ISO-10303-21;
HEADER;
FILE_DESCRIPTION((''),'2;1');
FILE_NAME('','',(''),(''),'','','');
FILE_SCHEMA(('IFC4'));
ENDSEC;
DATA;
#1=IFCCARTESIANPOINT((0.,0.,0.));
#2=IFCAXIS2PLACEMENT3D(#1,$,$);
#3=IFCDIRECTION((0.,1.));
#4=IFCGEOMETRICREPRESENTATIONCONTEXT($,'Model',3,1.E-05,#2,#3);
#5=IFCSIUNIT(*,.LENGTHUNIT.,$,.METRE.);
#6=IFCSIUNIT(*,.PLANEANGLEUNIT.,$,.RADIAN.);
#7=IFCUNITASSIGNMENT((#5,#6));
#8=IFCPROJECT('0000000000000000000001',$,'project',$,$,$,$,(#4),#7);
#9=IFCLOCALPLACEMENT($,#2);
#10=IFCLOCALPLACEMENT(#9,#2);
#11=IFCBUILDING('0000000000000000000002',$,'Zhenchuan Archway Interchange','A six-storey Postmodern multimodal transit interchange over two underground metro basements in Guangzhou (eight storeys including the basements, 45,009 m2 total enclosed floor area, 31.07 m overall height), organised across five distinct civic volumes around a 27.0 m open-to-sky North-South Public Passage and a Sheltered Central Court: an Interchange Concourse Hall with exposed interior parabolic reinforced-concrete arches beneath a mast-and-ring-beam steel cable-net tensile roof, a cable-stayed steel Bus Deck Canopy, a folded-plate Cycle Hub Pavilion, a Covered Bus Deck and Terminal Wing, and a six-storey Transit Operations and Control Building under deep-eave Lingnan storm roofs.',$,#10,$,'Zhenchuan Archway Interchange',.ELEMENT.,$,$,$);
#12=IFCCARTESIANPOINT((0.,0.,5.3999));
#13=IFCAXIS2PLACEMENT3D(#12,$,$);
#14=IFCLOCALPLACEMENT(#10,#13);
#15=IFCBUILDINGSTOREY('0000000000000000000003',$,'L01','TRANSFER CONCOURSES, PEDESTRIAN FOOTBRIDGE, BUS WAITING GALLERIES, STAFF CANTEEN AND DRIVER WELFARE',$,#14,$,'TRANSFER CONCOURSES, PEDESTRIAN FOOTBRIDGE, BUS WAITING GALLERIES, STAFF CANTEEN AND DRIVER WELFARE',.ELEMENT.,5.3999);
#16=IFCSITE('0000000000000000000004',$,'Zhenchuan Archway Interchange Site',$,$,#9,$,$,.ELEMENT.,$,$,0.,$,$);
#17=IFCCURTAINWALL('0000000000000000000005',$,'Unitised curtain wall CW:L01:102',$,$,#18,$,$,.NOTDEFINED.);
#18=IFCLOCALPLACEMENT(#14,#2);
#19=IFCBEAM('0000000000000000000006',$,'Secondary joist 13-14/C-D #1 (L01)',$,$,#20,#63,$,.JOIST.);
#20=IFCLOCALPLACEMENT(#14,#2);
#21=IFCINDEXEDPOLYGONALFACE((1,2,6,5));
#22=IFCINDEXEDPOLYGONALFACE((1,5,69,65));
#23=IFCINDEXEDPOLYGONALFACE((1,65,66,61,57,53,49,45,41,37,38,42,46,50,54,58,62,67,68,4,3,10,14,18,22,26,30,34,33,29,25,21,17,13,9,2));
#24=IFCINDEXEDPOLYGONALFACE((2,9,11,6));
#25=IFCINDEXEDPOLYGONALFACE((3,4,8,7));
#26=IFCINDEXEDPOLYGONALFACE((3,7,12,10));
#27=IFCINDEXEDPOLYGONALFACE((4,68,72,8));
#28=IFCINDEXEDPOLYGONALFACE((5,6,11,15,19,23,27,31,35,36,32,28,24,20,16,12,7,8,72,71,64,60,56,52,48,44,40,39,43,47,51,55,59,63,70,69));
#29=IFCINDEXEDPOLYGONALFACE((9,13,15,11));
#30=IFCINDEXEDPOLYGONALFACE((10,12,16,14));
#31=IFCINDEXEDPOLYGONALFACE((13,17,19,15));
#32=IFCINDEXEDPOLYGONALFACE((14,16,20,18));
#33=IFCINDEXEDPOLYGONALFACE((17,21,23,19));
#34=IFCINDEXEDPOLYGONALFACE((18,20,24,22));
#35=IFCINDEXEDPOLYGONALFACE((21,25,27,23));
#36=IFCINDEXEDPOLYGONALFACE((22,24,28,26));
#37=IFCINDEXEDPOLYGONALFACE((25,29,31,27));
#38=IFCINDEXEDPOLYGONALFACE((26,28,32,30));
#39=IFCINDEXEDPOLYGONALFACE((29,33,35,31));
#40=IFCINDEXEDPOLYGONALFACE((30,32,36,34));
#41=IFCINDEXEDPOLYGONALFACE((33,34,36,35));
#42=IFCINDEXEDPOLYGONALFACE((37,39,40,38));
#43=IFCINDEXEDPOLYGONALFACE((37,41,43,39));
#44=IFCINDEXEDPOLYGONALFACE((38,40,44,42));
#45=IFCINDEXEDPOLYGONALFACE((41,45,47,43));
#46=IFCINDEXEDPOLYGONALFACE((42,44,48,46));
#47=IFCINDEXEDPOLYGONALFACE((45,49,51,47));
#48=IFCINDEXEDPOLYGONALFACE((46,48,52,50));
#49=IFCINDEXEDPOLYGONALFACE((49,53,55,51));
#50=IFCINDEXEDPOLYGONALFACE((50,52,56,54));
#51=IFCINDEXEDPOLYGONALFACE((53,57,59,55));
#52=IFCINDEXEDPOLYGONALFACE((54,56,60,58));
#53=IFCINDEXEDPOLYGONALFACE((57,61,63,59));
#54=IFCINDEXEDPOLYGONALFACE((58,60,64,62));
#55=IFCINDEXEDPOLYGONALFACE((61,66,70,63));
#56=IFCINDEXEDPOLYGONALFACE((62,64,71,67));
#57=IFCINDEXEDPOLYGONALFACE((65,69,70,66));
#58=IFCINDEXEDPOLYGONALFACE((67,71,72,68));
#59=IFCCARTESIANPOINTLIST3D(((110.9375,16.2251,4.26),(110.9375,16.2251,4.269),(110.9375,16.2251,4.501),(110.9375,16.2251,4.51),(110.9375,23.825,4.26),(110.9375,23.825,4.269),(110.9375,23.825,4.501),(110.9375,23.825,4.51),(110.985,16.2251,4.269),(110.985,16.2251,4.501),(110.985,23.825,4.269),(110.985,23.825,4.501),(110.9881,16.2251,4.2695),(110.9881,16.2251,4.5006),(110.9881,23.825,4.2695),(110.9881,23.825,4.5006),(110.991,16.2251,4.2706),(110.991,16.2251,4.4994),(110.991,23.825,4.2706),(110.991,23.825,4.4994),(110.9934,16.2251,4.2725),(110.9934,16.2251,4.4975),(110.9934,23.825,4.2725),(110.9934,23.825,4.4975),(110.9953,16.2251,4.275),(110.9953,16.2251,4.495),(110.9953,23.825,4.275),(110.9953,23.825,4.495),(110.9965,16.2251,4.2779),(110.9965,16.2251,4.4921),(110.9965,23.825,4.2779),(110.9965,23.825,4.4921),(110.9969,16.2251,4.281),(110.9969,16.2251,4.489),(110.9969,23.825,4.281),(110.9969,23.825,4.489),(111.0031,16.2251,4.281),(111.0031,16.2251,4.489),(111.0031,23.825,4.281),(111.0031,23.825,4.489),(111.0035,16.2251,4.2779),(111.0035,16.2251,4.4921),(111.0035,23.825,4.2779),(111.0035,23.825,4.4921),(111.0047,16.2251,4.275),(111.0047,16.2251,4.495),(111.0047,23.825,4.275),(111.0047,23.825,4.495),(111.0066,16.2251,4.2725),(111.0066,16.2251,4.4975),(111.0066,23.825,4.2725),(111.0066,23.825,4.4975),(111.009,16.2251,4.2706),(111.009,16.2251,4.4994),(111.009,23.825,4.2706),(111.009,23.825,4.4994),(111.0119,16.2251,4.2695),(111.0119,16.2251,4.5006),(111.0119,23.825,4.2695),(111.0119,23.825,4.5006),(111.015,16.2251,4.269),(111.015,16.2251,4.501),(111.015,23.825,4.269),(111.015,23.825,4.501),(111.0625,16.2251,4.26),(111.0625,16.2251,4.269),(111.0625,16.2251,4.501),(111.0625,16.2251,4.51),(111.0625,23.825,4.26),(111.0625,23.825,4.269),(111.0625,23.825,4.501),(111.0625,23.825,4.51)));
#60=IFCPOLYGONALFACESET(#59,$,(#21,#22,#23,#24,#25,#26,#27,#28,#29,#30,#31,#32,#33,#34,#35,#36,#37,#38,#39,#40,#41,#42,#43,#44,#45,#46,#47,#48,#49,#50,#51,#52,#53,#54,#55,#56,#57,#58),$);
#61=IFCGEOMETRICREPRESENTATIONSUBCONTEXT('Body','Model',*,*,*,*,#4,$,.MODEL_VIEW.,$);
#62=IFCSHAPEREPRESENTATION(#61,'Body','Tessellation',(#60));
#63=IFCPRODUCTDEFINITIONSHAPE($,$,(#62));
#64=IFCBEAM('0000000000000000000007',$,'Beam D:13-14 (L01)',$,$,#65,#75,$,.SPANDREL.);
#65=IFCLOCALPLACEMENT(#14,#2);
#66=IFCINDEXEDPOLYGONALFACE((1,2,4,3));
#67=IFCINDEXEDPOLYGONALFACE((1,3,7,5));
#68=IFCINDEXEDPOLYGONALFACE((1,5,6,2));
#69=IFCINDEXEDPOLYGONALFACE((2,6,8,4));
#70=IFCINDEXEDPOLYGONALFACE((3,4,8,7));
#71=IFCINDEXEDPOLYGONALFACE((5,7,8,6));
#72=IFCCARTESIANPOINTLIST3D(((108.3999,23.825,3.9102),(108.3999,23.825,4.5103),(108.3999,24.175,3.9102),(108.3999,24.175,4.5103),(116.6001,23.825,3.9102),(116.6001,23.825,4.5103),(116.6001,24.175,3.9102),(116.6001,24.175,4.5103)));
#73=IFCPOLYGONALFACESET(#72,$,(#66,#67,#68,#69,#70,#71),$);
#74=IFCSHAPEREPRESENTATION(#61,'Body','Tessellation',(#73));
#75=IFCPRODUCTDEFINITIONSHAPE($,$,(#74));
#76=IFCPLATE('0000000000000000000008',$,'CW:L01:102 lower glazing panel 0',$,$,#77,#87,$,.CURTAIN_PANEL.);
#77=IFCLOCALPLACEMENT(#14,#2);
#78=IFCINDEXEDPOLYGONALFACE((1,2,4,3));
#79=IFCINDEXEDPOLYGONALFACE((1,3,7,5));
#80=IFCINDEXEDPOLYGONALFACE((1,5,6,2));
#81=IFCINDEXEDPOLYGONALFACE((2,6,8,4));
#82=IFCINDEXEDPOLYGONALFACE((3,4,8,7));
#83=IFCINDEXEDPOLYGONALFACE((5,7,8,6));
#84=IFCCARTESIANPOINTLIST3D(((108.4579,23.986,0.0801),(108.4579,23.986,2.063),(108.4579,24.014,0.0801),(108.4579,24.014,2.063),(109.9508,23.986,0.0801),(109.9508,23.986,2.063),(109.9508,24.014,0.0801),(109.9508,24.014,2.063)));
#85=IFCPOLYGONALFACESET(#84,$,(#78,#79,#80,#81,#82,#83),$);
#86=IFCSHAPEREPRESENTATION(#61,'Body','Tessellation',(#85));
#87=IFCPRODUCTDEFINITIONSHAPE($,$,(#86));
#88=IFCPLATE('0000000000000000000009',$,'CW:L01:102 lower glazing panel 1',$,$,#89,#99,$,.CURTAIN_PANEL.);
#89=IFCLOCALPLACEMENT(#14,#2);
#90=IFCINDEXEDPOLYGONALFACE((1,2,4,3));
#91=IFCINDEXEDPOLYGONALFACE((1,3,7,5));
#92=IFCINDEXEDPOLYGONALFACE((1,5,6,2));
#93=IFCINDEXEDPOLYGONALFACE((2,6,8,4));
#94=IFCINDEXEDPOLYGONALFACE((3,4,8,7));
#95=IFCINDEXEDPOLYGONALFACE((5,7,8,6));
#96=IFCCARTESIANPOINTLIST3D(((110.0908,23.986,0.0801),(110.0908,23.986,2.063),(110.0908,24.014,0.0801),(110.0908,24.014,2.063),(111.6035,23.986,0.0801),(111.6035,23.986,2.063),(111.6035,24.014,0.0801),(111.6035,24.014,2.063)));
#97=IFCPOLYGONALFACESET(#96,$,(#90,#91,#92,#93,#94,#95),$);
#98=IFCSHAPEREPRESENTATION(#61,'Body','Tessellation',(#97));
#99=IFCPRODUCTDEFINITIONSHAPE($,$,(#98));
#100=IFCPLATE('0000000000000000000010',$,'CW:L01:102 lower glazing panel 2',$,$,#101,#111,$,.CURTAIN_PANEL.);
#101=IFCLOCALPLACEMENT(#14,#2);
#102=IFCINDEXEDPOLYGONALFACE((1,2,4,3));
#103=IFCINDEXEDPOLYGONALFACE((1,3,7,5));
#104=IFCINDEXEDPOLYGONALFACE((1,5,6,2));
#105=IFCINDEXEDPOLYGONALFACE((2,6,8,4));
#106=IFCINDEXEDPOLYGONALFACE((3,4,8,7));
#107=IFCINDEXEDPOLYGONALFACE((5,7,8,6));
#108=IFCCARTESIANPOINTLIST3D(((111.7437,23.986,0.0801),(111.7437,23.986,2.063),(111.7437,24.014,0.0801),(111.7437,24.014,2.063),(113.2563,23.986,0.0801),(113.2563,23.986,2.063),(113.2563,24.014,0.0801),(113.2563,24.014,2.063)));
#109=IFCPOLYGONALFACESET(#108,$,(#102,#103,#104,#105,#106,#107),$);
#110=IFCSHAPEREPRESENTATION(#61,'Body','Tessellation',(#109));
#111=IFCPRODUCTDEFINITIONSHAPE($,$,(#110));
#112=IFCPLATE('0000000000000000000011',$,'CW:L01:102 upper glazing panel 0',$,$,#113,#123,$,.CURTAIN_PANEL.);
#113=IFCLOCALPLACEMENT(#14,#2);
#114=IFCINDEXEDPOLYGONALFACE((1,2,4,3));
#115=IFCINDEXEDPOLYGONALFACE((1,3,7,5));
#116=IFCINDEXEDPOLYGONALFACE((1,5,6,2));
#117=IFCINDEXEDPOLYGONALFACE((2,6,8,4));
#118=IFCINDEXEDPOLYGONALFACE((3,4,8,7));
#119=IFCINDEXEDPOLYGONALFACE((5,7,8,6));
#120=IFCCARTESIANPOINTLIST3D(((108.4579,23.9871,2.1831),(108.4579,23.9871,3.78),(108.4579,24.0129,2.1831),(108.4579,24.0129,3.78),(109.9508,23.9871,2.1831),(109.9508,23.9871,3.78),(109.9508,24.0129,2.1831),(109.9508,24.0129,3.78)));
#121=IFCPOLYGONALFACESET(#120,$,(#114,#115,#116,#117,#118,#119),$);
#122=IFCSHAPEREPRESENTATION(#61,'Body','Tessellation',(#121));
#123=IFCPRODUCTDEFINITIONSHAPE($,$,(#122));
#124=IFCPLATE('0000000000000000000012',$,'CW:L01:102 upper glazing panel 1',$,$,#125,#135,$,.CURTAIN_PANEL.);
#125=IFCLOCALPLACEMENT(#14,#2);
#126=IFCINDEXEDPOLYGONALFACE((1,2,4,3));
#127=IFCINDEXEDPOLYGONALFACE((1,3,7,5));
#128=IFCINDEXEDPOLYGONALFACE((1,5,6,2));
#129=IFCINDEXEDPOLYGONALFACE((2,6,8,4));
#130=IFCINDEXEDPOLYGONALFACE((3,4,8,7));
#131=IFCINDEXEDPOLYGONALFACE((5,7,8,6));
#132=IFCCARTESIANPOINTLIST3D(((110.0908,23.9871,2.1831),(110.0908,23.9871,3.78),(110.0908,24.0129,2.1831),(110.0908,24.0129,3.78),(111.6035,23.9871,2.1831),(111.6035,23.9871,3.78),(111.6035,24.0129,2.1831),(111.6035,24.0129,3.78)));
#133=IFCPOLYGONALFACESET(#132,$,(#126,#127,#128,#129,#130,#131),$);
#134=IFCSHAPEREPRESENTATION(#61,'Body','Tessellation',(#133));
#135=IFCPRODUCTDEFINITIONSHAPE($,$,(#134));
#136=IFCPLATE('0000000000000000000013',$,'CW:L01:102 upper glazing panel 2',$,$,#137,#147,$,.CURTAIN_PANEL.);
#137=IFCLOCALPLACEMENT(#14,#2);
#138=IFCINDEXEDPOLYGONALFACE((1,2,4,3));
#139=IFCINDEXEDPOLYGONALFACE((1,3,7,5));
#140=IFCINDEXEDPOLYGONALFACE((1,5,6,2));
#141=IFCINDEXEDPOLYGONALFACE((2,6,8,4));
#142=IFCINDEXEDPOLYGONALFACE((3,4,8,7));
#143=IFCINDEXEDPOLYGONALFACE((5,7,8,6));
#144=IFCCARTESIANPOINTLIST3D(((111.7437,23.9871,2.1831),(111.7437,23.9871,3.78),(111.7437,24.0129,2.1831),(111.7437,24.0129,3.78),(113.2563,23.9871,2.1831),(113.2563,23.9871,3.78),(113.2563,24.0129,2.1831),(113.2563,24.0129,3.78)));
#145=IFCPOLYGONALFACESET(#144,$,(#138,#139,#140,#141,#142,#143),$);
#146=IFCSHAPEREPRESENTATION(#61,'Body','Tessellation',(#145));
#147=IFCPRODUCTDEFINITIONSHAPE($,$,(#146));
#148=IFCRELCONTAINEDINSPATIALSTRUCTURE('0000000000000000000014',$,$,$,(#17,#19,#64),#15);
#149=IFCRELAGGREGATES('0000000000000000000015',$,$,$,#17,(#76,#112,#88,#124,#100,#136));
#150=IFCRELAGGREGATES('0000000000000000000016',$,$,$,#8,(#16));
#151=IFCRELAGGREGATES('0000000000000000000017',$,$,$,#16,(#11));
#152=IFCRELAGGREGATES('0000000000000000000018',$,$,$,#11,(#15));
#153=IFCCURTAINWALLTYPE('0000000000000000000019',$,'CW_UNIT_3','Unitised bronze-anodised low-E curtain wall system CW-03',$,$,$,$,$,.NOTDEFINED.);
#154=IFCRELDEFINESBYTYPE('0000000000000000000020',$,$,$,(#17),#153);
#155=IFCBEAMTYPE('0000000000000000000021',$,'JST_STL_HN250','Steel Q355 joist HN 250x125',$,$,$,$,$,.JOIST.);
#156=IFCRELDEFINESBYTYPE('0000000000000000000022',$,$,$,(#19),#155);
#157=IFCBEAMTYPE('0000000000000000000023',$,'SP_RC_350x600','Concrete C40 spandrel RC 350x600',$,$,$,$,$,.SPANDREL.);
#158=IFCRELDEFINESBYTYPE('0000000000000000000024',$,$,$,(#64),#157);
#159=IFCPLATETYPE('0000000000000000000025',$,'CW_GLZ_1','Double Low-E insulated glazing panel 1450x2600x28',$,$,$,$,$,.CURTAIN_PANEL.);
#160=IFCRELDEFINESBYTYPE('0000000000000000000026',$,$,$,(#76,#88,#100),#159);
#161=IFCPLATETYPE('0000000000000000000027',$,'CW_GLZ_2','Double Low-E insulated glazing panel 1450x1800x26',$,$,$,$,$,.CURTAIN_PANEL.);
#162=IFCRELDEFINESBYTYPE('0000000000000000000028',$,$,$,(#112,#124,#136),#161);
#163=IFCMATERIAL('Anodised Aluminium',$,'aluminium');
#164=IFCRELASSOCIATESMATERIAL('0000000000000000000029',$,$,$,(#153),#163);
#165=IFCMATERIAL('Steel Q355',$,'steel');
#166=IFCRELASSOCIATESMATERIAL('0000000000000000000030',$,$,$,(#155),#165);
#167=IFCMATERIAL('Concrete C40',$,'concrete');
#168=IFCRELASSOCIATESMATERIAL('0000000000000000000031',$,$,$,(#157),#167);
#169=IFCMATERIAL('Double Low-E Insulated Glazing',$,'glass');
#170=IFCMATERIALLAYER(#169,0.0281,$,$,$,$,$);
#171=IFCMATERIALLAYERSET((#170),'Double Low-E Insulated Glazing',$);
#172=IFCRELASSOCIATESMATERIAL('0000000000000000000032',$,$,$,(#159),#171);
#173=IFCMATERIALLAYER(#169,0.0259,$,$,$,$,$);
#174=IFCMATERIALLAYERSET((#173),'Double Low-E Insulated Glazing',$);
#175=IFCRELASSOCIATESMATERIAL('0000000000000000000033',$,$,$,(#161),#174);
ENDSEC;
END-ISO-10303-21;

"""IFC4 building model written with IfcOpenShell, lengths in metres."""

from ifc_helpers import new_model, si_unit, direction, frame, origin, origin_2d, place, context, subcontext, project, spatial, rectangle, i_section, extrude, material, layer, layer_set, material_profile, profile_set, type_object, element, aggregate, save


model = new_model("IFC4")

# Units and contexts
model_context = context("Model", 3, precision=1e-05, world=origin(), true_north=direction((0.0, 1.0)))
body_context = subcontext(model_context, "Body", "Model", "MODEL_VIEW")
ifc_project = project(units=[si_unit("LENGTHUNIT", "METRE"), si_unit("PLANEANGLEUNIT", "RADIAN")], contexts=[model_context])

# Site, building, storey
site_placement = place(None, origin())
site = spatial("IfcSite", under=ifc_project, at=site_placement, Name="Zhenchuan Archway Interchange Site", CompositionType="ELEMENT", RefElevation=0.0)
building_placement = place(site_placement, origin())
building = spatial("IfcBuilding", under=site, at=building_placement, Name="Zhenchuan Archway Interchange", Description="A six-storey Postmodern multimodal transit interchange over two underground metro basements in Guangzhou (eight storeys including the basements, 45,009 m2 total enclosed floor area, 31.07 m overall height), organised across five distinct civic volumes around a 27.0 m open-to-sky North-South Public Passage and a Sheltered Central Court: an Interchange Concourse Hall with exposed interior parabolic reinforced-concrete arches beneath a mast-and-ring-beam steel cable-net tensile roof, a cable-stayed steel Bus Deck Canopy, a folded-plate Cycle Hub Pavilion, a Covered Bus Deck and Terminal Wing, and a six-storey Transit Operations and Control Building under deep-eave Lingnan storm roofs.", LongName="Zhenchuan Archway Interchange", CompositionType="ELEMENT")
storey_placement = place(building_placement, frame((0.0, 0.0, 5.3999)))
storey = spatial("IfcBuildingStorey", under=building, at=storey_placement, Name="L01", Description="TRANSFER CONCOURSES, PEDESTRIAN FOOTBRIDGE, BUS WAITING GALLERIES, STAFF CANTEEN AND DRIVER WELFARE", LongName="TRANSFER CONCOURSES, PEDESTRIAN FOOTBRIDGE, BUS WAITING GALLERIES, STAFF CANTEEN AND DRIVER WELFARE", CompositionType="ELEMENT", Elevation=5.3999)

# Shared definitions
ifc_material_1 = material(Name="Concrete C40", Category="concrete")

# Curtain wall
ifc_material_2 = material(Name="Anodised Aluminium", Category="aluminium")
curtain_wall_type = type_object("IfcCurtainWallType", Name="CW_UNIT_3", Description="Unitised bronze-anodised low-E curtain wall system CW-03", PredefinedType="NOTDEFINED", material=ifc_material_2)
curtain_wall_placement = place(storey_placement, origin())
curtain_wall = element("IfcCurtainWall", 1, at=curtain_wall_placement, inside=storey, type_object=curtain_wall_type, Name="Unitised curtain wall CW:L01:102", PredefinedType="NOTDEFINED")

# Beams
ifc_material_3 = material(Name="Steel Q355", Category="steel")
ifc_material_profile_1 = material_profile(ifc_material_3, i_section(OverallWidth=0.125, OverallDepth=0.25, WebThickness=0.0061, FlangeThickness=0.009, FilletRadius=0.012, at=origin_2d()), Name="HN 250x125")
ifc_profile_set_1 = profile_set([ifc_material_profile_1], Name="Steel Q355")
beam_type_1 = type_object("IfcBeamType", Name="JST_STL_HN250", Description="Steel Q355 joist HN 250x125", PredefinedType="JOIST", material=ifc_profile_set_1)
beam_1_placement = place(storey_placement, frame((111.0, 16.2251, 4.385), z_axis=(0.0, 1.0, 0.0), x_axis=(-1.0, 0.0, 0.0)))
element("IfcBeam", 2, at=beam_1_placement, inside=storey, type_object=beam_type_1, Name="Secondary joist 13-14/C-D #1 (L01)", PredefinedType="JOIST", context=body_context, shape_type="SweptSolid", body=[
    extrude(i_section(OverallWidth=0.125, OverallDepth=0.25, WebThickness=0.0061, FlangeThickness=0.009, FilletRadius=0.012, at=origin_2d()), origin(), (0.0, 0.0, 1.0), 7.5999),
])
ifc_material_profile_2 = material_profile(ifc_material_1, rectangle(XDim=0.3501, YDim=0.6001, at=origin_2d()), Name="RC 350x600")
ifc_profile_set_2 = profile_set([ifc_material_profile_2], Name="Concrete C40")
beam_type_2 = type_object("IfcBeamType", Name="SP_RC_350x600", Description="Concrete C40 spandrel RC 350x600", PredefinedType="SPANDREL", material=ifc_profile_set_2)
beam_2_placement = place(storey_placement, frame((108.3999, 24.0, 4.2102), z_axis=(1.0, 0.0, 0.0), x_axis=(0.0, 1.0, 0.0)))
element("IfcBeam", 3, at=beam_2_placement, inside=storey, type_object=beam_type_2, Name="Beam D:13-14 (L01)", PredefinedType="SPANDREL", context=body_context, shape_type="SweptSolid", body=[
    extrude(rectangle(XDim=0.3501, YDim=0.6001, at=origin_2d()), origin(), (0.0, 0.0, 1.0), 8.2002),
])

# Plates
ifc_material_4 = material(Name="Double Low-E Insulated Glazing", Category="glass")
ifc_layer_1 = layer(ifc_material_4, 0.0281)
ifc_layer_set_1 = layer_set([ifc_layer_1], Name="Double Low-E Insulated Glazing")
plate_type_1 = type_object("IfcPlateType", Name="CW_GLZ_1", Description="Double Low-E insulated glazing panel 1450x2600x28", PredefinedType="CURTAIN_PANEL", material=ifc_layer_set_1)
plate_1_placement = place(storey_placement, frame((109.2043, 24.0, 0.0801), z_axis=(0.0, 0.0, 1.0), x_axis=(1.0, 0.0, 0.0)))
plate_1 = element("IfcPlate", 4, at=plate_1_placement, type_object=plate_type_1, Name="CW:L01:102 lower glazing panel 0", PredefinedType="CURTAIN_PANEL", context=body_context, shape_type="SweptSolid", body=[
    extrude(rectangle(XDim=1.4929, YDim=0.0281, at=origin_2d()), origin(), (0.0, 0.0, 1.0), 1.9829),
])
plate_2_placement = place(storey_placement, frame((110.8472, 24.0, 0.0801), z_axis=(0.0, 0.0, 1.0), x_axis=(1.0, 0.0, 0.0)))
plate_2 = element("IfcPlate", 5, at=plate_2_placement, type_object=plate_type_1, Name="CW:L01:102 lower glazing panel 1", PredefinedType="CURTAIN_PANEL", context=body_context, shape_type="SweptSolid", body=[
    extrude(rectangle(XDim=1.5127, YDim=0.0281, at=origin_2d()), origin(), (0.0, 0.0, 1.0), 1.9829),
])
plate_3_placement = place(storey_placement, frame((112.5, 24.0, 0.0801), z_axis=(0.0, 0.0, 1.0), x_axis=(1.0, 0.0, 0.0)))
plate_3 = element("IfcPlate", 6, at=plate_3_placement, type_object=plate_type_1, Name="CW:L01:102 lower glazing panel 2", PredefinedType="CURTAIN_PANEL", context=body_context, shape_type="SweptSolid", body=[
    extrude(rectangle(XDim=1.5127, YDim=0.0281, at=origin_2d()), origin(), (0.0, 0.0, 1.0), 1.9829),
])
ifc_layer_2 = layer(ifc_material_4, 0.0259)
ifc_layer_set_2 = layer_set([ifc_layer_2], Name="Double Low-E Insulated Glazing")
plate_type_2 = type_object("IfcPlateType", Name="CW_GLZ_2", Description="Double Low-E insulated glazing panel 1450x1800x26", PredefinedType="CURTAIN_PANEL", material=ifc_layer_set_2)
plate_4_placement = place(storey_placement, frame((109.2043, 24.0, 2.1831), z_axis=(0.0, 0.0, 1.0), x_axis=(1.0, 0.0, 0.0)))
plate_4 = element("IfcPlate", 7, at=plate_4_placement, type_object=plate_type_2, Name="CW:L01:102 upper glazing panel 0", PredefinedType="CURTAIN_PANEL", context=body_context, shape_type="SweptSolid", body=[
    extrude(rectangle(XDim=1.4929, YDim=0.0259, at=origin_2d()), origin(), (0.0, 0.0, 1.0), 1.5969),
])
plate_5_placement = place(storey_placement, frame((110.8472, 24.0, 2.1831), z_axis=(0.0, 0.0, 1.0), x_axis=(1.0, 0.0, 0.0)))
plate_5 = element("IfcPlate", 8, at=plate_5_placement, type_object=plate_type_2, Name="CW:L01:102 upper glazing panel 1", PredefinedType="CURTAIN_PANEL", context=body_context, shape_type="SweptSolid", body=[
    extrude(rectangle(XDim=1.5127, YDim=0.0259, at=origin_2d()), origin(), (0.0, 0.0, 1.0), 1.5969),
])
plate_6_placement = place(storey_placement, frame((112.5, 24.0, 2.1831), z_axis=(0.0, 0.0, 1.0), x_axis=(1.0, 0.0, 0.0)))
plate_6 = element("IfcPlate", 9, at=plate_6_placement, type_object=plate_type_2, Name="CW:L01:102 upper glazing panel 2", PredefinedType="CURTAIN_PANEL", context=body_context, shape_type="SweptSolid", body=[
    extrude(rectangle(XDim=1.5127, YDim=0.0259, at=origin_2d()), origin(), (0.0, 0.0, 1.0), 1.5969),
])
aggregate(curtain_wall, [plate_1, plate_4, plate_2, plate_5, plate_3, plate_6])

save(model, "model.ifc")
